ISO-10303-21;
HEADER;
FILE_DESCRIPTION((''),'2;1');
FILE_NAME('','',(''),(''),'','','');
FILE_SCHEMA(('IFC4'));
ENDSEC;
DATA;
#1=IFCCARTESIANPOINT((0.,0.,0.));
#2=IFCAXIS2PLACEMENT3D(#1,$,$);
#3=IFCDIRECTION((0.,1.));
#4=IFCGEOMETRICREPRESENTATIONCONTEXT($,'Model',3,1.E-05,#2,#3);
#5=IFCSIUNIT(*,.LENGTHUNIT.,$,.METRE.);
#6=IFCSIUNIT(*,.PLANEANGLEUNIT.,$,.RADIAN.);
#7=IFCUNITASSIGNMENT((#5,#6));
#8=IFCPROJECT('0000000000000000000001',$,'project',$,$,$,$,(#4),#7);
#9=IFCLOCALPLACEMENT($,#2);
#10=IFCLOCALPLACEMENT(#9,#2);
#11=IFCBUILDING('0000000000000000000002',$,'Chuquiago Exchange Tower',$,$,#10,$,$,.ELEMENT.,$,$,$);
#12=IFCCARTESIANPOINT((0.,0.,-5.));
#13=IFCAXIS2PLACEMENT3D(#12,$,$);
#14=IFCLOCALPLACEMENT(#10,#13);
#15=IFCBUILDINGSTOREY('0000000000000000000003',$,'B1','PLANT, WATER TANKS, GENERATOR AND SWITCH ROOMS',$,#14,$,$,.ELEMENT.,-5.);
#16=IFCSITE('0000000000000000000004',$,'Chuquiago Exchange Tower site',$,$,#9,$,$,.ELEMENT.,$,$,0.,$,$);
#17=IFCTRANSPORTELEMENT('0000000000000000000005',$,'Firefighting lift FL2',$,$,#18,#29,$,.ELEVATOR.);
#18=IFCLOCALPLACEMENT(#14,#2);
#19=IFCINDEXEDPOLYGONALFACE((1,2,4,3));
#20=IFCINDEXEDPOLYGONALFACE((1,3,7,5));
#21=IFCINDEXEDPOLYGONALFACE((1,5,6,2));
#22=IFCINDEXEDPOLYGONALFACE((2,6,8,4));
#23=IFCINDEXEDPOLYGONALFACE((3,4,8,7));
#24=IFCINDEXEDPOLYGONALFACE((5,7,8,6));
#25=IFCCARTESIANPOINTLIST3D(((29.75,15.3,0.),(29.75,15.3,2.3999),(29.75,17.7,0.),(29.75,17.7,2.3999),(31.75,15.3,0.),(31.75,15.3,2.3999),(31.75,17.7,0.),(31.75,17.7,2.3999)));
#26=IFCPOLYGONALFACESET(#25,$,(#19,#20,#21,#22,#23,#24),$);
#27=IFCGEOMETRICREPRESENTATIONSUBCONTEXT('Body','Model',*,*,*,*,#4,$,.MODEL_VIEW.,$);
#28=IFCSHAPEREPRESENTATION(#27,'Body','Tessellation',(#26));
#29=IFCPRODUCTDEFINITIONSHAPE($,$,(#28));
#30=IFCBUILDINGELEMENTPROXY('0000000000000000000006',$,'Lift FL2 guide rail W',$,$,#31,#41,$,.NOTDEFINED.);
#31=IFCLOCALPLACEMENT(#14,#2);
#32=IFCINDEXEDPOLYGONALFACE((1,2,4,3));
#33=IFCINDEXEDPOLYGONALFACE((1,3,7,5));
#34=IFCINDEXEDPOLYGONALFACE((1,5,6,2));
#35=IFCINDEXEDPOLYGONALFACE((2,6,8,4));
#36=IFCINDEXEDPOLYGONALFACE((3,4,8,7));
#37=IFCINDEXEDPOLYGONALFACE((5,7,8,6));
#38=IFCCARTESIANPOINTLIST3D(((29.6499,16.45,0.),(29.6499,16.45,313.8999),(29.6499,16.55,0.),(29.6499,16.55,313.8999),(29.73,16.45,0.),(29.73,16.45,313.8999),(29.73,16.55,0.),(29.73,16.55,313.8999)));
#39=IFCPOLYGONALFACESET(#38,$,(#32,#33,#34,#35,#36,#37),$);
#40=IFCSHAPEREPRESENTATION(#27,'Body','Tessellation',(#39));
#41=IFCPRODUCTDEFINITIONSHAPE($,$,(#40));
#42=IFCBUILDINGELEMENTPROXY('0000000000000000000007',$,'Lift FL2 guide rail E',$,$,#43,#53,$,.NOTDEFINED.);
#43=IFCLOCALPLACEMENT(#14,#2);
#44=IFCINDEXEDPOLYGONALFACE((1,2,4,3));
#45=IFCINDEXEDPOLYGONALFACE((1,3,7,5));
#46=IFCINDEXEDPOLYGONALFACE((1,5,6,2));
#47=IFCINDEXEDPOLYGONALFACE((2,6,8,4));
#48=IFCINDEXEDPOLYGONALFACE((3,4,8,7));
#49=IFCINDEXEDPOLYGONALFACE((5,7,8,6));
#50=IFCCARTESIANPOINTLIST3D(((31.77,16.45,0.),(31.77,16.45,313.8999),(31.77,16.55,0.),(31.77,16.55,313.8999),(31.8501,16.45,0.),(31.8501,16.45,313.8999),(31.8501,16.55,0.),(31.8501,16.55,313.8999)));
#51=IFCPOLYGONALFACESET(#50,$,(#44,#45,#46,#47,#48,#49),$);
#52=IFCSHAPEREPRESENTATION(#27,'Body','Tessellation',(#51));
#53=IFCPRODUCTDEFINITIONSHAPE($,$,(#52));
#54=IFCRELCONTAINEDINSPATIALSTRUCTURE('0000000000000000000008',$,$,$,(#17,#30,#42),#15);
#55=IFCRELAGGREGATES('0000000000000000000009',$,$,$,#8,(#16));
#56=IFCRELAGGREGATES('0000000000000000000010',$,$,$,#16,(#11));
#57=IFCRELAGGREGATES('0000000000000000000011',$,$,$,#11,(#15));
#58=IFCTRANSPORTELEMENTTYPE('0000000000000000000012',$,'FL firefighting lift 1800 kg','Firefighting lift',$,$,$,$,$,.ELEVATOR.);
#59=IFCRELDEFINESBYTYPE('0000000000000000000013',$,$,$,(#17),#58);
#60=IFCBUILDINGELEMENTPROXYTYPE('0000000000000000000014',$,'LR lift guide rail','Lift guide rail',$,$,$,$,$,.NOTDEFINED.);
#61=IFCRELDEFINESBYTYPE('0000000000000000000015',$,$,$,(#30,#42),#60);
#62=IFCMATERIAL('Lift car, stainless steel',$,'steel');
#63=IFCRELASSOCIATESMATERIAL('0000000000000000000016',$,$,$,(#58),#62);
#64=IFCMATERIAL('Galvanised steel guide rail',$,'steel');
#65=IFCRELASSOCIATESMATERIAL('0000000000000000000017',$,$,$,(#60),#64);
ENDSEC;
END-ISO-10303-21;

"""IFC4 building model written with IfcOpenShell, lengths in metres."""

from ifc_helpers import new_model, si_unit, direction, frame, origin, origin_2d, place, context, subcontext, project, spatial, rectangle, extrude, material, type_object, element, save


model = new_model("IFC4")

# Units and contexts
model_context = context("Model", 3, precision=1e-05, world=origin(), true_north=direction((0.0, 1.0)))
body_context = subcontext(model_context, "Body", "Model", "MODEL_VIEW")
ifc_project = project(units=[si_unit("LENGTHUNIT", "METRE"), si_unit("PLANEANGLEUNIT", "RADIAN")], contexts=[model_context])

# Site, building, storey
site_placement = place(None, origin())
site = spatial("IfcSite", under=ifc_project, at=site_placement, Name="Chuquiago Exchange Tower site", CompositionType="ELEMENT", RefElevation=0.0)
building_placement = place(site_placement, origin())
building = spatial("IfcBuilding", under=site, at=building_placement, Name="Chuquiago Exchange Tower", CompositionType="ELEMENT")
storey_placement = place(building_placement, frame((0.0, 0.0, -5.0)))
storey = spatial("IfcBuildingStorey", under=building, at=storey_placement, Name="B1", Description="PLANT, WATER TANKS, GENERATOR AND SWITCH ROOMS", CompositionType="ELEMENT", Elevation=-5.0)

# Transport element
ifc_material_1 = material(Name="Lift car, stainless steel", Category="steel")
transport_element_type = type_object("IfcTransportElementType", Name="FL firefighting lift 1800 kg", Description="Firefighting lift", PredefinedType="ELEVATOR", material=ifc_material_1)
transport_element_placement = place(storey_placement, frame((30.75, 16.5, 0.0), z_axis=(0.0, 0.0, 1.0), x_axis=(1.0, 0.0, 0.0)))
element("IfcTransportElement", 1, at=transport_element_placement, inside=storey, type_object=transport_element_type, Name="Firefighting lift FL2", PredefinedType="ELEVATOR", context=body_context, shape_type="SweptSolid", body=[
    extrude(rectangle(XDim=2.0, YDim=2.3999, at=origin_2d()), origin(), (0.0, 0.0, 1.0), 2.3999),
])

# Building element proxies
ifc_material_2 = material(Name="Galvanised steel guide rail", Category="steel")
building_element_proxy_type = type_object("IfcBuildingElementProxyType", Name="LR lift guide rail", Description="Lift guide rail", PredefinedType="NOTDEFINED", material=ifc_material_2)
for number, where, z_axis, x_axis, name in (
    (2, (29.6899, 16.5, 0.0), (0.0, 0.0, 1.0), (1.0, 0.0, 0.0), "Lift FL2 guide rail W"),
    (3, (31.8101, 16.5, 0.0), (0.0, 0.0, 1.0), (1.0, 0.0, 0.0), "Lift FL2 guide rail E"),
):
    element("IfcBuildingElementProxy", number, at=place(storey_placement, frame(where, z_axis=z_axis, x_axis=x_axis)), inside=storey, type_object=building_element_proxy_type, Name=name, PredefinedType="NOTDEFINED", context=body_context, shape_type="SweptSolid", body=[
        extrude(rectangle(XDim=0.0801, YDim=0.1001, at=origin_2d()), origin(), (0.0, 0.0, 1.0), 313.8999),
    ])

save(model, "model.ifc")
